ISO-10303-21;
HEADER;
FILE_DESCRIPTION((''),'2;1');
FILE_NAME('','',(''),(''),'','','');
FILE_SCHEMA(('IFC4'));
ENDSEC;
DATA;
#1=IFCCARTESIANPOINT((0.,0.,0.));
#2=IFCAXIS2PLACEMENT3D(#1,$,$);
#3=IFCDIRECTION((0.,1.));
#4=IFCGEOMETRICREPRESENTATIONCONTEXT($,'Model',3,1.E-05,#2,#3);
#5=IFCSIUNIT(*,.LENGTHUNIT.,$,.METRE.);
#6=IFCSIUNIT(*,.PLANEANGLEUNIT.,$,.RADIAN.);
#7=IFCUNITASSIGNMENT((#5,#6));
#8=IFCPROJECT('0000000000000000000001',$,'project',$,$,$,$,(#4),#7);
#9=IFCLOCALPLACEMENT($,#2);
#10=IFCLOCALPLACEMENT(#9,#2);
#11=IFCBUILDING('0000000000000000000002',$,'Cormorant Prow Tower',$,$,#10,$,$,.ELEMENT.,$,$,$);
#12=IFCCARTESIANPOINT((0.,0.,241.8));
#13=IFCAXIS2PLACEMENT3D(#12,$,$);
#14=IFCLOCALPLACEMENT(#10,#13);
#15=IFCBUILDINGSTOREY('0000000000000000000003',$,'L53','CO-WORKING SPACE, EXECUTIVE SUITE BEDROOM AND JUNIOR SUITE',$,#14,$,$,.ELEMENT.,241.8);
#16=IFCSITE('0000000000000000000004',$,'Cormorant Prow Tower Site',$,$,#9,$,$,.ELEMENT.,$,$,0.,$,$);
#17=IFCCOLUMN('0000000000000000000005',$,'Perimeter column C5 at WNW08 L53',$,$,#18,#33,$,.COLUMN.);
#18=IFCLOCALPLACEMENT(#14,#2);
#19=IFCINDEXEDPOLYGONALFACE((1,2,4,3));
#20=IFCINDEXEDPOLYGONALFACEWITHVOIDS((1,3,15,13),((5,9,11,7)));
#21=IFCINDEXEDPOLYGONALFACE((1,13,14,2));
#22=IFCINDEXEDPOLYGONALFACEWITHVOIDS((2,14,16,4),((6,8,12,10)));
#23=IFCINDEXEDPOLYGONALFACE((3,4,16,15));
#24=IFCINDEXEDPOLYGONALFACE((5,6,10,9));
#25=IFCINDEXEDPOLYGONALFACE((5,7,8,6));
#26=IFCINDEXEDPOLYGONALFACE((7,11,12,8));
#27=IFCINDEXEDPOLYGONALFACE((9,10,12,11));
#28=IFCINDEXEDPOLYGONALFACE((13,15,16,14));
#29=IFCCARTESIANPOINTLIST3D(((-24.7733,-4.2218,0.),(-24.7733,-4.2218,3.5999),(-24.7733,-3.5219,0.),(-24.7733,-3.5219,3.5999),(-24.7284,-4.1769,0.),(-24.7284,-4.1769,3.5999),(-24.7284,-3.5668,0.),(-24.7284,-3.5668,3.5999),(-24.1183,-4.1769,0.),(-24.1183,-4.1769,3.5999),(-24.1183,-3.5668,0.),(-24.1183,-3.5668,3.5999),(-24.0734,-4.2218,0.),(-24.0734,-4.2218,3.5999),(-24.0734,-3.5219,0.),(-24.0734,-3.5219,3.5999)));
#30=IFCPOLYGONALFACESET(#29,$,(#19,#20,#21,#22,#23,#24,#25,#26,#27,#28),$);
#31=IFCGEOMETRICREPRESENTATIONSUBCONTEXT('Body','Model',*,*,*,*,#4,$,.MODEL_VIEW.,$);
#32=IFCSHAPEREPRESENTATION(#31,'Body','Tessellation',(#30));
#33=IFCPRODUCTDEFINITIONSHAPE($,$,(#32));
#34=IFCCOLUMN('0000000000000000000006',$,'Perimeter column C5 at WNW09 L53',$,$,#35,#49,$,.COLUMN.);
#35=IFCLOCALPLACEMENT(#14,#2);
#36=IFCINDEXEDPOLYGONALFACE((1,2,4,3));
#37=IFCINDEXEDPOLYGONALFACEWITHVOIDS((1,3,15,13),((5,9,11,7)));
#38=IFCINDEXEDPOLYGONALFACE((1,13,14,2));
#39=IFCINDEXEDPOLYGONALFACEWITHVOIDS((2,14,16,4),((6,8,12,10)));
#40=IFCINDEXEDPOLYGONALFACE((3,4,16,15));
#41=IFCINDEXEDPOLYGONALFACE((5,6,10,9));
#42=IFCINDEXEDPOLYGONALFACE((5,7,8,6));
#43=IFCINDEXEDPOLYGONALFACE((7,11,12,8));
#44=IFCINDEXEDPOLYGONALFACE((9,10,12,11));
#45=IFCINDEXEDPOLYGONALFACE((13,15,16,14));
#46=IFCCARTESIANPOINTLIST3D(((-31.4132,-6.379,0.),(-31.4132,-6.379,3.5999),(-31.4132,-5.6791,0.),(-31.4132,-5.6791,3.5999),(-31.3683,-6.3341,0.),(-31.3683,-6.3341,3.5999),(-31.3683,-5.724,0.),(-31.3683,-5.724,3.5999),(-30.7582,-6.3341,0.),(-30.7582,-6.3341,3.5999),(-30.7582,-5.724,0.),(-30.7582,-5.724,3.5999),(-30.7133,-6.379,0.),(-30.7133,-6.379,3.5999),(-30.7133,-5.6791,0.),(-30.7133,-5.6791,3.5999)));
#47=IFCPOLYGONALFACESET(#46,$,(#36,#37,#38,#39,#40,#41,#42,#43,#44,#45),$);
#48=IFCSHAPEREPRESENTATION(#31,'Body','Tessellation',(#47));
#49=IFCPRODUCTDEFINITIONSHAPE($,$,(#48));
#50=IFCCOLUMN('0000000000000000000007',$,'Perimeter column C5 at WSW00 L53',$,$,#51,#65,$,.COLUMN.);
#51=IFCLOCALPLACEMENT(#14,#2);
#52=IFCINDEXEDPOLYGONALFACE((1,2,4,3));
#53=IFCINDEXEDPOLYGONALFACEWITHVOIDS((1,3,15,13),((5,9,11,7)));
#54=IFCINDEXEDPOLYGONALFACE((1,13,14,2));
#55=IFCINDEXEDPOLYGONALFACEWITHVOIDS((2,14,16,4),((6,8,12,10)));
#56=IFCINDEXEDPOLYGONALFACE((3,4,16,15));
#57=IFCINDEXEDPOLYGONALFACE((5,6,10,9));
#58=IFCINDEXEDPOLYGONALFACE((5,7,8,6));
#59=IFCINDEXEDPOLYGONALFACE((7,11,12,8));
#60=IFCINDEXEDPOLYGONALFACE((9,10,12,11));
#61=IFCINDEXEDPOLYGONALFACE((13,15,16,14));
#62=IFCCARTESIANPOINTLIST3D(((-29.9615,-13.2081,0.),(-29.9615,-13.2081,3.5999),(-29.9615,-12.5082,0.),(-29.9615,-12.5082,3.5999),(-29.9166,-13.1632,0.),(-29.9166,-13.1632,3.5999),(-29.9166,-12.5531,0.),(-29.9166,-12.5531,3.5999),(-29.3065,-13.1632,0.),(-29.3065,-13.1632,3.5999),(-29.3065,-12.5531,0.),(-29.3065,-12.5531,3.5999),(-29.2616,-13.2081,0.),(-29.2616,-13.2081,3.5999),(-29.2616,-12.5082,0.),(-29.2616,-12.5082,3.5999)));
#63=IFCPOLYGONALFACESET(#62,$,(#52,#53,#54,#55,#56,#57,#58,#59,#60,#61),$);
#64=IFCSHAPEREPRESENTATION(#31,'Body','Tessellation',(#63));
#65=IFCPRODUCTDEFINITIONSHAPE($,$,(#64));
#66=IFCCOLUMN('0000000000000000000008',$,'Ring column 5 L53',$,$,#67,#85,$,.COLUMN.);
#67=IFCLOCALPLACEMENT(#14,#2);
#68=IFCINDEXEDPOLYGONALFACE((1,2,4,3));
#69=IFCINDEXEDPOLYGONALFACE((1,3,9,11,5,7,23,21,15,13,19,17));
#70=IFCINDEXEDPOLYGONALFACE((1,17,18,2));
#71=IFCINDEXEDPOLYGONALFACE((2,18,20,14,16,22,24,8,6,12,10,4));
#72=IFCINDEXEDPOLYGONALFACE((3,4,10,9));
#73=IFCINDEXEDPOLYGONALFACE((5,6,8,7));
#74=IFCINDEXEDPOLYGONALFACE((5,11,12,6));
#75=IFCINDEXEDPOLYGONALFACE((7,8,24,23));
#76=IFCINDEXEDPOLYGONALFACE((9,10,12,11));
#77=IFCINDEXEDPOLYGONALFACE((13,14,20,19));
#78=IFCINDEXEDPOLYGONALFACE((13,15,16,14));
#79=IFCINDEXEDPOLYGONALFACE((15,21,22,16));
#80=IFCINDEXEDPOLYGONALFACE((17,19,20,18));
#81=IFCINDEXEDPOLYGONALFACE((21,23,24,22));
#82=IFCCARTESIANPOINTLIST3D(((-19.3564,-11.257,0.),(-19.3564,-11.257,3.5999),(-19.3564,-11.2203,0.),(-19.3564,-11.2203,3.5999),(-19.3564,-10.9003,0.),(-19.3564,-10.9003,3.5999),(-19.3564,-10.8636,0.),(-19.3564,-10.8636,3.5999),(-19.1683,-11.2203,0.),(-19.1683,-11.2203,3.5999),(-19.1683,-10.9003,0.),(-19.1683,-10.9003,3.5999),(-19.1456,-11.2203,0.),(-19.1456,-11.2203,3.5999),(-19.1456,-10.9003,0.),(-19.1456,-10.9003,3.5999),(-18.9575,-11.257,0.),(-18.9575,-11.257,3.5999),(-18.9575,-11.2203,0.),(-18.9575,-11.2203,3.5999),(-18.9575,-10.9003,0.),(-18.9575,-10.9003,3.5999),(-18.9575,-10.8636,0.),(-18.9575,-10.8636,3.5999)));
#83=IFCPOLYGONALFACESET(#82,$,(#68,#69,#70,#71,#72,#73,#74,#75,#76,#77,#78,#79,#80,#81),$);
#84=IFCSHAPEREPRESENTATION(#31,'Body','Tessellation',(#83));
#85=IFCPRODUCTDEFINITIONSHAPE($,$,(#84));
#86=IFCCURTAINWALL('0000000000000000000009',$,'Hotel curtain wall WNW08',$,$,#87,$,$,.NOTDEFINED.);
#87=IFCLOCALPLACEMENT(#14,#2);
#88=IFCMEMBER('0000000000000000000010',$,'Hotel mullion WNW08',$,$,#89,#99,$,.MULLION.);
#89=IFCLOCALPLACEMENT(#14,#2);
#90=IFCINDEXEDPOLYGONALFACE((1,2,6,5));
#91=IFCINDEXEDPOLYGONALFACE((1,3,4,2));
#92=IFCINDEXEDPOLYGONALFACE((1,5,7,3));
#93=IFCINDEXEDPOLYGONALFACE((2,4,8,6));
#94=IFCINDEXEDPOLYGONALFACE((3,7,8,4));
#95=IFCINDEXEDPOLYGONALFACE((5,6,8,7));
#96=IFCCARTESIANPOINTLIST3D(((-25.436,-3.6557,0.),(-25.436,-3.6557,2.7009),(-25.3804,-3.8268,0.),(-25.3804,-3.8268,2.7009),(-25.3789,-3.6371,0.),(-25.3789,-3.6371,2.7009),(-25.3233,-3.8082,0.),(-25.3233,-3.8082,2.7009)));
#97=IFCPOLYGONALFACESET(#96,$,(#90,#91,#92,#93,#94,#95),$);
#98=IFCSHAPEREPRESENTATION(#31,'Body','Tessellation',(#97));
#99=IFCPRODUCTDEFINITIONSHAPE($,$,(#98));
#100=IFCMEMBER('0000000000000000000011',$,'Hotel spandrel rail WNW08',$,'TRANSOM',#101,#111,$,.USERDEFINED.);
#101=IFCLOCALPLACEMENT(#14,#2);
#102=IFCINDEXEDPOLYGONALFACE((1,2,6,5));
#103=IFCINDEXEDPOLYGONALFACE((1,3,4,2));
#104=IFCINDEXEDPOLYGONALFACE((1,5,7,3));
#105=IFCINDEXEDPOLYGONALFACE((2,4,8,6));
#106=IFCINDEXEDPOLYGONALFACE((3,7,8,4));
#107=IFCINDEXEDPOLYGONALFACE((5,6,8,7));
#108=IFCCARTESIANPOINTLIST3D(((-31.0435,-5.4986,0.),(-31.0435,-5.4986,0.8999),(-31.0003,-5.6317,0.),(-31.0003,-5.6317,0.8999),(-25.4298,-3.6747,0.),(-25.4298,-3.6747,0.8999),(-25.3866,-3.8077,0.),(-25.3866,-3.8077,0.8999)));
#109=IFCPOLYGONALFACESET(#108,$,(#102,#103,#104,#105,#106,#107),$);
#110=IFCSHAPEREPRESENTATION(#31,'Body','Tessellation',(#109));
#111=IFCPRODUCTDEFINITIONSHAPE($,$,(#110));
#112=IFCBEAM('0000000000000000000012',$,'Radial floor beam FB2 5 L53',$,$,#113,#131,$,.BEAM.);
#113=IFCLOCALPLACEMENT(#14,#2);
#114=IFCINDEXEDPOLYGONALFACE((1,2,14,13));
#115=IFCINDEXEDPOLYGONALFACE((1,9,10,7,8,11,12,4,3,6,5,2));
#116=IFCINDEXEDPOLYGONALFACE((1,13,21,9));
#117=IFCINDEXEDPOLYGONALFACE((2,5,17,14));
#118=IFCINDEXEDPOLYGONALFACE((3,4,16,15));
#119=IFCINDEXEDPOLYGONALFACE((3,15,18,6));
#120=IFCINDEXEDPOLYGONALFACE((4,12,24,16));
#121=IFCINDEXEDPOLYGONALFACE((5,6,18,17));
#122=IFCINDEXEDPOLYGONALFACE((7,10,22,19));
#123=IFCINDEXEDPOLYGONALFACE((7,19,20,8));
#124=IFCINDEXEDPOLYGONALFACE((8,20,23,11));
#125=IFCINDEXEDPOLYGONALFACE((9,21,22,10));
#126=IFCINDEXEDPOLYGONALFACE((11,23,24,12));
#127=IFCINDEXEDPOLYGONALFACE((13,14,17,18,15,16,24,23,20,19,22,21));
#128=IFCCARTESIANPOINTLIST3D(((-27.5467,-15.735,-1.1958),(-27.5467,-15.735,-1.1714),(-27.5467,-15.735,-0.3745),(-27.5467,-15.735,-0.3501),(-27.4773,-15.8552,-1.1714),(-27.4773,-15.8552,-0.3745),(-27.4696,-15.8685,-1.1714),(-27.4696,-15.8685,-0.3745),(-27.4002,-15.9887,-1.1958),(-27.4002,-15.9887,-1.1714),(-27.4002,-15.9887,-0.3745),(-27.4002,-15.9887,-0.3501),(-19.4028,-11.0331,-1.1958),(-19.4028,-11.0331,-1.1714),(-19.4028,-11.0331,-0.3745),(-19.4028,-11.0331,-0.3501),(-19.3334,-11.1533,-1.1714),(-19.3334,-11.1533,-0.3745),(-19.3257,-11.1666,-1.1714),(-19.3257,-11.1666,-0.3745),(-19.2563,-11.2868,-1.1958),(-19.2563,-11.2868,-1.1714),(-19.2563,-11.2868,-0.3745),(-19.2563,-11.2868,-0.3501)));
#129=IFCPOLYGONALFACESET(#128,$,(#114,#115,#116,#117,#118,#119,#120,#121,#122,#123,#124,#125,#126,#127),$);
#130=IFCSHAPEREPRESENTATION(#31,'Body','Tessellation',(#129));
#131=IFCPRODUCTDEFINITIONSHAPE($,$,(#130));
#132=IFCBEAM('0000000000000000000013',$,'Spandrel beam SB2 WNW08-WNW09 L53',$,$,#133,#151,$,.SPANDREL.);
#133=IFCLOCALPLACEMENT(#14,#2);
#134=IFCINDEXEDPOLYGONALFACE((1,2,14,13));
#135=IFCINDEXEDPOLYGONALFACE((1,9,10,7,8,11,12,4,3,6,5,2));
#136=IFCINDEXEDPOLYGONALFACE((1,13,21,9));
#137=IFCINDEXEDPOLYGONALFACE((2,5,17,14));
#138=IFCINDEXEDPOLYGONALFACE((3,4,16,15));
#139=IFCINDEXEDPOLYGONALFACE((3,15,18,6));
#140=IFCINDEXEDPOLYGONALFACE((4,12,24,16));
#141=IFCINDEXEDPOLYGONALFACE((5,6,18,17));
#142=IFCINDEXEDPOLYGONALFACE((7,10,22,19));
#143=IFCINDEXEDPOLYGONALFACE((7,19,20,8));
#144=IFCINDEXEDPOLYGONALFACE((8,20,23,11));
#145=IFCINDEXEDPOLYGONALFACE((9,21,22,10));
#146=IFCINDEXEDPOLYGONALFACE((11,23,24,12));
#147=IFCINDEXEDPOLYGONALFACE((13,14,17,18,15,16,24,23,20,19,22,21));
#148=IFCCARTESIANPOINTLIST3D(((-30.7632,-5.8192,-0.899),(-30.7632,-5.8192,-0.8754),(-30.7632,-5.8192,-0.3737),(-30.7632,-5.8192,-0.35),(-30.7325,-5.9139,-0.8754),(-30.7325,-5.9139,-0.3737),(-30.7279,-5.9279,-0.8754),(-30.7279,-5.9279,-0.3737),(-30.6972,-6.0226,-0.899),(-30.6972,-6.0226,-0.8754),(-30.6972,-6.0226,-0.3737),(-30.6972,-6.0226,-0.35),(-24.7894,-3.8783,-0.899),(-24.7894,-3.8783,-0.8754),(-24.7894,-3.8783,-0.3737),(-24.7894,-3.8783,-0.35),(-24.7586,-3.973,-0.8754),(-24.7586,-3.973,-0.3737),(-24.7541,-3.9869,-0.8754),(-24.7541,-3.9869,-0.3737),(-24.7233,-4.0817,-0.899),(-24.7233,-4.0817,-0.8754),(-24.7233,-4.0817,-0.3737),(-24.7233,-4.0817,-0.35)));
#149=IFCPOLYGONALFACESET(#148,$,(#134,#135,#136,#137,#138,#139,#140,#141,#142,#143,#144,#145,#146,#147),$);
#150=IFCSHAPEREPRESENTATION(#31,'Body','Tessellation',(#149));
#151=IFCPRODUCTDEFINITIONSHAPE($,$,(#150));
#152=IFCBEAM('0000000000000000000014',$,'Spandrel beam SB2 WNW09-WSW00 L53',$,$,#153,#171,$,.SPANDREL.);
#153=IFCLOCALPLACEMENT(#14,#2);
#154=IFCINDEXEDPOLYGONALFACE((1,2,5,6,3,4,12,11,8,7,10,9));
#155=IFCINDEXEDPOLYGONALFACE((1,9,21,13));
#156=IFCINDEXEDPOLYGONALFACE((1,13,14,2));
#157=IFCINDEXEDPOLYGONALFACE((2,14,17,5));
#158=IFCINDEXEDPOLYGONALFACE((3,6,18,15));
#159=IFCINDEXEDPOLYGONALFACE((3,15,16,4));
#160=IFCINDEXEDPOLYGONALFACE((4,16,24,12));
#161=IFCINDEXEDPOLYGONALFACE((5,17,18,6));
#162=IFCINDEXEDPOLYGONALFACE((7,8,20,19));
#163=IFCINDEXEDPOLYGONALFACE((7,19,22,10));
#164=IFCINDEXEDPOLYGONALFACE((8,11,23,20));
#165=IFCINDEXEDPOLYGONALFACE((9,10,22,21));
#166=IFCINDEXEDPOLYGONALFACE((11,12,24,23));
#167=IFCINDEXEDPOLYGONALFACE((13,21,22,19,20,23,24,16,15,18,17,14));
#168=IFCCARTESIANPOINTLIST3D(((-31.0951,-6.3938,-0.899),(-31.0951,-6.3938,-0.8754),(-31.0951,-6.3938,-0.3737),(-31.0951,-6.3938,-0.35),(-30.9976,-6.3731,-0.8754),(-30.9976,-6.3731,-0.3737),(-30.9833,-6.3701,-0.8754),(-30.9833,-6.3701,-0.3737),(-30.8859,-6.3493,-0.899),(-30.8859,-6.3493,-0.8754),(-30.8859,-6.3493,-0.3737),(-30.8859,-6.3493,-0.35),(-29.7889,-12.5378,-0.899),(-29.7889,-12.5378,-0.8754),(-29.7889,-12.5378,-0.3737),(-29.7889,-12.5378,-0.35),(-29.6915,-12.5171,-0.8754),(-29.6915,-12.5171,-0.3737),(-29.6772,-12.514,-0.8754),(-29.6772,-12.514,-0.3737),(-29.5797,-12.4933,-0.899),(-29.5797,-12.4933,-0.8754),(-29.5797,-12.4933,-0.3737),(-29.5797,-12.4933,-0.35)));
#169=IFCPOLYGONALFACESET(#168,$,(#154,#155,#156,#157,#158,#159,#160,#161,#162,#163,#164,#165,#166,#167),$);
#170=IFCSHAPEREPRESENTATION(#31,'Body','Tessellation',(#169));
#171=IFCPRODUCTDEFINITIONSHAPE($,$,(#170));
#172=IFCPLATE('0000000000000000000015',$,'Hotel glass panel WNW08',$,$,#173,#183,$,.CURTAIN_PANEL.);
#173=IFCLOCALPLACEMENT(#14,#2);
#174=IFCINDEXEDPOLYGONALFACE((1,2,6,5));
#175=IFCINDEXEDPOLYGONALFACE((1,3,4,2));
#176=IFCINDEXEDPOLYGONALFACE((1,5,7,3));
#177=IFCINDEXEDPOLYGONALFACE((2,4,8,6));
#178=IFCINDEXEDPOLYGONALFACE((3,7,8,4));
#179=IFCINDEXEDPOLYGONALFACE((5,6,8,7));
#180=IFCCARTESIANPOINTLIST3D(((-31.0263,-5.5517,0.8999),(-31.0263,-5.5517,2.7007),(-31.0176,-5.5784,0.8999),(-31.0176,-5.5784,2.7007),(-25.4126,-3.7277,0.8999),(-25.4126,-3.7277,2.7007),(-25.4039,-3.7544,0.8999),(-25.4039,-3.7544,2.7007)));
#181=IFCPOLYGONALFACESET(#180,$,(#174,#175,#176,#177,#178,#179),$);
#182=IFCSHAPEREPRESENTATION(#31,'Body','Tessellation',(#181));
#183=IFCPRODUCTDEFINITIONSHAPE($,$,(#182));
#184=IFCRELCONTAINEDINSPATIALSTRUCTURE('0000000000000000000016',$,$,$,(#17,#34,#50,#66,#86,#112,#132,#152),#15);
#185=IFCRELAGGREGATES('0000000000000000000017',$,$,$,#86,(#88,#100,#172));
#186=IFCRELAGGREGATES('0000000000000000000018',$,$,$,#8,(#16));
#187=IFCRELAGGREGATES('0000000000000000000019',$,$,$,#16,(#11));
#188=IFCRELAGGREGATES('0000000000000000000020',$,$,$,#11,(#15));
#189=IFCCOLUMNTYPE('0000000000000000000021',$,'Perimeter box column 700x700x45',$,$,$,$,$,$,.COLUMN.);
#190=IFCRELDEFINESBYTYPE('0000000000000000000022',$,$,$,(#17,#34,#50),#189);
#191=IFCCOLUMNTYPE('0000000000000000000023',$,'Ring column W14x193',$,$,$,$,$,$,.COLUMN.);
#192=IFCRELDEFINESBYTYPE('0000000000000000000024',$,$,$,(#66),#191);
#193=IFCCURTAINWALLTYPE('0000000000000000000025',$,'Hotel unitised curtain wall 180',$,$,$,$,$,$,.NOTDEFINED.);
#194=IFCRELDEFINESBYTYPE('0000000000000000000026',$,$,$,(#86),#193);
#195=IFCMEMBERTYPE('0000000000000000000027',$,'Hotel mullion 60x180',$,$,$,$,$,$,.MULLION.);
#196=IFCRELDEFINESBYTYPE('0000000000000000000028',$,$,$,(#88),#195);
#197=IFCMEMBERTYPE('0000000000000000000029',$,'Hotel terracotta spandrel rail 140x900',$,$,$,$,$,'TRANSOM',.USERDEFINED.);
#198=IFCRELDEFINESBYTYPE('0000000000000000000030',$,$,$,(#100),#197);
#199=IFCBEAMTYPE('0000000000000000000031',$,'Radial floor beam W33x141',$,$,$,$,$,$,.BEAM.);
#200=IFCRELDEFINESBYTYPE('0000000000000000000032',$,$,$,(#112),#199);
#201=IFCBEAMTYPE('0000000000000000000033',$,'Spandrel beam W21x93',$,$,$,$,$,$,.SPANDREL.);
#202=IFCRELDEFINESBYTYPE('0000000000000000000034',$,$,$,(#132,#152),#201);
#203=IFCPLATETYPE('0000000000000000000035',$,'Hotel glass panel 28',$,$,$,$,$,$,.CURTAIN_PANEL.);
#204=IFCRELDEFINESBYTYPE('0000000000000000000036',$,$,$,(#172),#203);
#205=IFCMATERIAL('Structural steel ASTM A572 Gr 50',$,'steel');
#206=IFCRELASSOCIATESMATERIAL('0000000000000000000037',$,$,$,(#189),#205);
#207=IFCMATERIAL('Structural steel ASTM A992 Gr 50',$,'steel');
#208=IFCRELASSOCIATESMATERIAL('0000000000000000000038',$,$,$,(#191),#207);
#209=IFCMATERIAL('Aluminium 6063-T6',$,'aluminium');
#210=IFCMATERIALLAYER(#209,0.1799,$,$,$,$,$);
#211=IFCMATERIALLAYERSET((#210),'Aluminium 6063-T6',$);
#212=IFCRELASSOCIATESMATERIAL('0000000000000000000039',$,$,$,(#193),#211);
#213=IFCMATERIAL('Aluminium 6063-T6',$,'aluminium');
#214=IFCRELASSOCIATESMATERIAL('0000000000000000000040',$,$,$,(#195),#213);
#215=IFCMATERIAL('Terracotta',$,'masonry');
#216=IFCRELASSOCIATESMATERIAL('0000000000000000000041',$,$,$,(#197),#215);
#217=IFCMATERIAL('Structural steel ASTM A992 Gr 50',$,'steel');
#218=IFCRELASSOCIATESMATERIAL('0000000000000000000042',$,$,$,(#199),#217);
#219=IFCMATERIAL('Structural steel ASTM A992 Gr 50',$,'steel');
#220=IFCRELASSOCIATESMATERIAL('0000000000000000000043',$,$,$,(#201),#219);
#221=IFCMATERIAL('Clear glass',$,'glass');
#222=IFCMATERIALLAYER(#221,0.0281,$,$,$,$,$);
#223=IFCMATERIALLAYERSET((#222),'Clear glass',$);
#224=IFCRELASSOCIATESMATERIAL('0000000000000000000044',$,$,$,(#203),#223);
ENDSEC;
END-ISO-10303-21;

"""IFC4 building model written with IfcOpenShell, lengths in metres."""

from ifc_helpers import new_model, si_unit, direction, frame, origin, origin_2d, place, context, subcontext, project, spatial, rectangle, hollow_rectangle, i_section, extrude, material, layer, layer_set, material_profile, profile_set, type_object, element, aggregate, save


model = new_model("IFC4")

# Units and contexts
model_context = context("Model", 3, precision=1e-05, world=origin(), true_north=direction((0.0, 1.0)))
body_context = subcontext(model_context, "Body", "Model", "MODEL_VIEW")
ifc_project = project(units=[si_unit("LENGTHUNIT", "METRE"), si_unit("PLANEANGLEUNIT", "RADIAN")], contexts=[model_context])

# Site, building, storey
site_placement = place(None, origin())
site = spatial("IfcSite", under=ifc_project, at=site_placement, Name="Cormorant Prow Tower Site", CompositionType="ELEMENT", RefElevation=0.0)
building_placement = place(site_placement, origin())
building = spatial("IfcBuilding", under=site, at=building_placement, Name="Cormorant Prow Tower", CompositionType="ELEMENT")
storey_placement = place(building_placement, frame((0.0, 0.0, 241.8)))
storey = spatial("IfcBuildingStorey", under=building, at=storey_placement, Name="L53", Description="CO-WORKING SPACE, EXECUTIVE SUITE BEDROOM AND JUNIOR SUITE", CompositionType="ELEMENT", Elevation=241.8)

# Columns
ifc_material_1 = material(Name="Structural steel ASTM A572 Gr 50", Category="steel")
ifc_material_profile_1 = material_profile(ifc_material_1, hollow_rectangle(XDim=0.7, YDim=0.7, WallThickness=0.0449, at=origin_2d()), Name="Box 700x700x45")
ifc_profile_set_1 = profile_set([ifc_material_profile_1], Name="Structural steel ASTM A572 Gr 50")
column_type_1 = type_object("IfcColumnType", Name="Perimeter box column 700x700x45", PredefinedType="COLUMN", material=ifc_profile_set_1)
for number, where, z_axis, x_axis, name in (
    (1, (-24.4233, -3.8718, 0.0), (0.0, 0.0, 1.0), (1.0, 0.0, 0.0), "Perimeter column C5 at WNW08 L53"),
    (2, (-31.0632, -6.0291, 0.0), (0.0, 0.0, 1.0), (1.0, 0.0, 0.0), "Perimeter column C5 at WNW09 L53"),
    (3, (-29.6116, -12.8582, 0.0), (0.0, 0.0, 1.0), (1.0, 0.0, 0.0), "Perimeter column C5 at WSW00 L53"),
):
    element("IfcColumn", number, at=place(storey_placement, frame(where, z_axis=z_axis, x_axis=x_axis)), inside=storey, type_object=column_type_1, Name=name, PredefinedType="COLUMN", context=body_context, shape_type="SweptSolid", body=[
        extrude(hollow_rectangle(XDim=0.7, YDim=0.7, WallThickness=0.0449, at=origin_2d()), origin(), (0.0, 0.0, 1.0), 3.5999),
    ])
ifc_material_2 = material(Name="Structural steel ASTM A992 Gr 50", Category="steel")
ifc_material_profile_2 = material_profile(ifc_material_2, i_section(OverallWidth=0.3989, OverallDepth=0.3933, WebThickness=0.0227, FlangeThickness=0.0366, at=origin_2d()), Name="W14x193")
ifc_profile_set_2 = profile_set([ifc_material_profile_2], Name="Structural steel ASTM A992 Gr 50")
column_type_2 = type_object("IfcColumnType", Name="Ring column W14x193", PredefinedType="COLUMN", material=ifc_profile_set_2)
column_placement = place(storey_placement, frame((-19.157, -11.0603, 0.0), z_axis=(0.0, 0.0, 1.0), x_axis=(1.0, 0.0, 0.0)))
element("IfcColumn", 4, at=column_placement, inside=storey, type_object=column_type_2, Name="Ring column 5 L53", PredefinedType="COLUMN", context=body_context, shape_type="SweptSolid", body=[
    extrude(i_section(OverallWidth=0.3989, OverallDepth=0.3933, WebThickness=0.0227, FlangeThickness=0.0366, at=origin_2d()), origin(), (0.0, 0.0, 1.0), 3.5999),
])

# Curtain wall, members
ifc_material_3 = material(Name="Aluminium 6063-T6", Category="aluminium")
ifc_layer_1 = layer(ifc_material_3, 0.1799)
ifc_layer_set_1 = layer_set([ifc_layer_1], Name="Aluminium 6063-T6")
curtain_wall_type = type_object("IfcCurtainWallType", Name="Hotel unitised curtain wall 180", PredefinedType="NOTDEFINED", material=ifc_layer_set_1)
curtain_wall_placement = place(storey_placement, origin())
curtain_wall = element("IfcCurtainWall", 5, at=curtain_wall_placement, inside=storey, type_object=curtain_wall_type, Name="Hotel curtain wall WNW08", PredefinedType="NOTDEFINED")
ifc_material_4 = material(Name="Aluminium 6063-T6", Category="aluminium")
ifc_material_profile_3 = material_profile(ifc_material_4, rectangle(XDim=0.1799, YDim=0.0601, at=origin_2d()), Name="Hotel mullion 60x180")
ifc_profile_set_3 = profile_set([ifc_material_profile_3], Name="Aluminium 6063-T6")
member_type_1 = type_object("IfcMemberType", Name="Hotel mullion 60x180", PredefinedType="MULLION", material=ifc_profile_set_3)
member_1_placement = place(storey_placement, frame((-25.3796, -3.7319, 0.0), z_axis=(0.0, 0.0, 1.0), x_axis=(0.309017, -0.951057, 0.0)))
member_1 = element("IfcMember", 6, at=member_1_placement, type_object=member_type_1, Name="Hotel mullion WNW08", PredefinedType="MULLION", context=body_context, shape_type="SweptSolid", body=[
    extrude(rectangle(XDim=0.1799, YDim=0.0601, at=origin_2d()), origin(), (0.0, 0.0, 1.0), 2.7009),
])
ifc_material_5 = material(Name="Terracotta", Category="masonry")
ifc_material_profile_4 = material_profile(ifc_material_5, rectangle(XDim=0.1399, YDim=0.8999, at=origin_2d()), Name="Hotel terracotta spandrel rail 140x900")
ifc_profile_set_4 = profile_set([ifc_material_profile_4], Name="Terracotta")
member_type_2 = type_object("IfcMemberType", Name="Hotel terracotta spandrel rail 140x900", ElementType="TRANSOM", PredefinedType="USERDEFINED", material=ifc_profile_set_4)
member_2_placement = place(storey_placement, frame((-25.4082, -3.7412, 0.45), z_axis=(-0.951059, -0.309009, 0.0), x_axis=(0.309009, -0.951059, 0.0)))
member_2 = element("IfcMember", 7, at=member_2_placement, type_object=member_type_2, Name="Hotel spandrel rail WNW08", ObjectType="TRANSOM", PredefinedType="USERDEFINED", context=body_context, shape_type="SweptSolid", body=[
    extrude(rectangle(XDim=0.1399, YDim=0.8999, at=origin_2d()), origin(), (0.0, 0.0, 1.0), 5.9026),
])

# Beams
ifc_material_6 = material(Name="Structural steel ASTM A992 Gr 50", Category="steel")
ifc_material_profile_5 = material_profile(ifc_material_6, i_section(OverallWidth=0.293, OverallDepth=0.8457, WebThickness=0.0154, FlangeThickness=0.0244, at=origin_2d()), Name="W33x141")
ifc_profile_set_5 = profile_set([ifc_material_profile_5], Name="Structural steel ASTM A992 Gr 50")
beam_type_1 = type_object("IfcBeamType", Name="Radial floor beam W33x141", PredefinedType="BEAM", material=ifc_profile_set_5)
beam_placement = place(storey_placement, frame((-19.3296, -11.1599, -0.7729), z_axis=(-0.866022, -0.500006, 0.0), x_axis=(0.500006, -0.866022, 0.0)))
element("IfcBeam", 8, at=beam_placement, inside=storey, type_object=beam_type_1, Name="Radial floor beam FB2 5 L53", PredefinedType="BEAM", context=body_context, shape_type="SweptSolid", body=[
    extrude(i_section(OverallWidth=0.293, OverallDepth=0.8457, WebThickness=0.0154, FlangeThickness=0.0244, at=origin_2d()), origin(), (0.0, 0.0, 1.0), 9.4038),
])
ifc_material_7 = material(Name="Structural steel ASTM A992 Gr 50", Category="steel")
ifc_material_profile_6 = material_profile(ifc_material_7, i_section(OverallWidth=0.2139, OverallDepth=0.5491, WebThickness=0.0146, FlangeThickness=0.0237, at=origin_2d()), Name="W21x93")
ifc_profile_set_6 = profile_set([ifc_material_profile_6], Name="Structural steel ASTM A992 Gr 50")
beam_type_2 = type_object("IfcBeamType", Name="Spandrel beam W21x93", PredefinedType="SPANDREL", material=ifc_profile_set_6)
for number, where, z_axis, x_axis, name in (
    (9, (-24.7563, -3.98, -0.6245), (-0.951062, -0.309001, 0.0), (0.309001, -0.951062, 0.0), "Spandrel beam SB2 WNW08-WNW09 L53"),
    (10, (-30.9905, -6.3716, -0.6245), (0.207941, -0.978141, 0.0), (0.978141, 0.207941, 0.0), "Spandrel beam SB2 WNW09-WSW00 L53"),
):
    element("IfcBeam", number, at=place(storey_placement, frame(where, z_axis=z_axis, x_axis=x_axis)), inside=storey, type_object=beam_type_2, Name=name, PredefinedType="SPANDREL", context=body_context, shape_type="SweptSolid", body=[
        extrude(i_section(OverallWidth=0.2139, OverallDepth=0.5491, WebThickness=0.0146, FlangeThickness=0.0237, at=origin_2d()), origin(), (0.0, 0.0, 1.0), 6.2812),
    ])

# Plate
ifc_material_8 = material(Name="Clear glass", Category="glass")
ifc_layer_2 = layer(ifc_material_8, 0.0281)
ifc_layer_set_2 = layer_set([ifc_layer_2], Name="Clear glass")
plate_type = type_object("IfcPlateType", Name="Hotel glass panel 28", PredefinedType="CURTAIN_PANEL", material=ifc_layer_set_2)
plate_placement = place(storey_placement, frame((-28.2151, -4.6531, 0.8999), z_axis=(0.0, 0.0, 1.0), x_axis=(-0.951057, -0.309017, 0.0)))
plate = element("IfcPlate", 11, at=plate_placement, type_object=plate_type, Name="Hotel glass panel WNW08", PredefinedType="CURTAIN_PANEL", context=body_context, shape_type="SweptSolid", body=[
    extrude(rectangle(XDim=5.9026, YDim=0.0281, at=origin_2d()), origin(), (0.0, 0.0, 1.0), 1.8008),
])
aggregate(curtain_wall, [member_1, member_2, plate])

save(model, "model.ifc")
